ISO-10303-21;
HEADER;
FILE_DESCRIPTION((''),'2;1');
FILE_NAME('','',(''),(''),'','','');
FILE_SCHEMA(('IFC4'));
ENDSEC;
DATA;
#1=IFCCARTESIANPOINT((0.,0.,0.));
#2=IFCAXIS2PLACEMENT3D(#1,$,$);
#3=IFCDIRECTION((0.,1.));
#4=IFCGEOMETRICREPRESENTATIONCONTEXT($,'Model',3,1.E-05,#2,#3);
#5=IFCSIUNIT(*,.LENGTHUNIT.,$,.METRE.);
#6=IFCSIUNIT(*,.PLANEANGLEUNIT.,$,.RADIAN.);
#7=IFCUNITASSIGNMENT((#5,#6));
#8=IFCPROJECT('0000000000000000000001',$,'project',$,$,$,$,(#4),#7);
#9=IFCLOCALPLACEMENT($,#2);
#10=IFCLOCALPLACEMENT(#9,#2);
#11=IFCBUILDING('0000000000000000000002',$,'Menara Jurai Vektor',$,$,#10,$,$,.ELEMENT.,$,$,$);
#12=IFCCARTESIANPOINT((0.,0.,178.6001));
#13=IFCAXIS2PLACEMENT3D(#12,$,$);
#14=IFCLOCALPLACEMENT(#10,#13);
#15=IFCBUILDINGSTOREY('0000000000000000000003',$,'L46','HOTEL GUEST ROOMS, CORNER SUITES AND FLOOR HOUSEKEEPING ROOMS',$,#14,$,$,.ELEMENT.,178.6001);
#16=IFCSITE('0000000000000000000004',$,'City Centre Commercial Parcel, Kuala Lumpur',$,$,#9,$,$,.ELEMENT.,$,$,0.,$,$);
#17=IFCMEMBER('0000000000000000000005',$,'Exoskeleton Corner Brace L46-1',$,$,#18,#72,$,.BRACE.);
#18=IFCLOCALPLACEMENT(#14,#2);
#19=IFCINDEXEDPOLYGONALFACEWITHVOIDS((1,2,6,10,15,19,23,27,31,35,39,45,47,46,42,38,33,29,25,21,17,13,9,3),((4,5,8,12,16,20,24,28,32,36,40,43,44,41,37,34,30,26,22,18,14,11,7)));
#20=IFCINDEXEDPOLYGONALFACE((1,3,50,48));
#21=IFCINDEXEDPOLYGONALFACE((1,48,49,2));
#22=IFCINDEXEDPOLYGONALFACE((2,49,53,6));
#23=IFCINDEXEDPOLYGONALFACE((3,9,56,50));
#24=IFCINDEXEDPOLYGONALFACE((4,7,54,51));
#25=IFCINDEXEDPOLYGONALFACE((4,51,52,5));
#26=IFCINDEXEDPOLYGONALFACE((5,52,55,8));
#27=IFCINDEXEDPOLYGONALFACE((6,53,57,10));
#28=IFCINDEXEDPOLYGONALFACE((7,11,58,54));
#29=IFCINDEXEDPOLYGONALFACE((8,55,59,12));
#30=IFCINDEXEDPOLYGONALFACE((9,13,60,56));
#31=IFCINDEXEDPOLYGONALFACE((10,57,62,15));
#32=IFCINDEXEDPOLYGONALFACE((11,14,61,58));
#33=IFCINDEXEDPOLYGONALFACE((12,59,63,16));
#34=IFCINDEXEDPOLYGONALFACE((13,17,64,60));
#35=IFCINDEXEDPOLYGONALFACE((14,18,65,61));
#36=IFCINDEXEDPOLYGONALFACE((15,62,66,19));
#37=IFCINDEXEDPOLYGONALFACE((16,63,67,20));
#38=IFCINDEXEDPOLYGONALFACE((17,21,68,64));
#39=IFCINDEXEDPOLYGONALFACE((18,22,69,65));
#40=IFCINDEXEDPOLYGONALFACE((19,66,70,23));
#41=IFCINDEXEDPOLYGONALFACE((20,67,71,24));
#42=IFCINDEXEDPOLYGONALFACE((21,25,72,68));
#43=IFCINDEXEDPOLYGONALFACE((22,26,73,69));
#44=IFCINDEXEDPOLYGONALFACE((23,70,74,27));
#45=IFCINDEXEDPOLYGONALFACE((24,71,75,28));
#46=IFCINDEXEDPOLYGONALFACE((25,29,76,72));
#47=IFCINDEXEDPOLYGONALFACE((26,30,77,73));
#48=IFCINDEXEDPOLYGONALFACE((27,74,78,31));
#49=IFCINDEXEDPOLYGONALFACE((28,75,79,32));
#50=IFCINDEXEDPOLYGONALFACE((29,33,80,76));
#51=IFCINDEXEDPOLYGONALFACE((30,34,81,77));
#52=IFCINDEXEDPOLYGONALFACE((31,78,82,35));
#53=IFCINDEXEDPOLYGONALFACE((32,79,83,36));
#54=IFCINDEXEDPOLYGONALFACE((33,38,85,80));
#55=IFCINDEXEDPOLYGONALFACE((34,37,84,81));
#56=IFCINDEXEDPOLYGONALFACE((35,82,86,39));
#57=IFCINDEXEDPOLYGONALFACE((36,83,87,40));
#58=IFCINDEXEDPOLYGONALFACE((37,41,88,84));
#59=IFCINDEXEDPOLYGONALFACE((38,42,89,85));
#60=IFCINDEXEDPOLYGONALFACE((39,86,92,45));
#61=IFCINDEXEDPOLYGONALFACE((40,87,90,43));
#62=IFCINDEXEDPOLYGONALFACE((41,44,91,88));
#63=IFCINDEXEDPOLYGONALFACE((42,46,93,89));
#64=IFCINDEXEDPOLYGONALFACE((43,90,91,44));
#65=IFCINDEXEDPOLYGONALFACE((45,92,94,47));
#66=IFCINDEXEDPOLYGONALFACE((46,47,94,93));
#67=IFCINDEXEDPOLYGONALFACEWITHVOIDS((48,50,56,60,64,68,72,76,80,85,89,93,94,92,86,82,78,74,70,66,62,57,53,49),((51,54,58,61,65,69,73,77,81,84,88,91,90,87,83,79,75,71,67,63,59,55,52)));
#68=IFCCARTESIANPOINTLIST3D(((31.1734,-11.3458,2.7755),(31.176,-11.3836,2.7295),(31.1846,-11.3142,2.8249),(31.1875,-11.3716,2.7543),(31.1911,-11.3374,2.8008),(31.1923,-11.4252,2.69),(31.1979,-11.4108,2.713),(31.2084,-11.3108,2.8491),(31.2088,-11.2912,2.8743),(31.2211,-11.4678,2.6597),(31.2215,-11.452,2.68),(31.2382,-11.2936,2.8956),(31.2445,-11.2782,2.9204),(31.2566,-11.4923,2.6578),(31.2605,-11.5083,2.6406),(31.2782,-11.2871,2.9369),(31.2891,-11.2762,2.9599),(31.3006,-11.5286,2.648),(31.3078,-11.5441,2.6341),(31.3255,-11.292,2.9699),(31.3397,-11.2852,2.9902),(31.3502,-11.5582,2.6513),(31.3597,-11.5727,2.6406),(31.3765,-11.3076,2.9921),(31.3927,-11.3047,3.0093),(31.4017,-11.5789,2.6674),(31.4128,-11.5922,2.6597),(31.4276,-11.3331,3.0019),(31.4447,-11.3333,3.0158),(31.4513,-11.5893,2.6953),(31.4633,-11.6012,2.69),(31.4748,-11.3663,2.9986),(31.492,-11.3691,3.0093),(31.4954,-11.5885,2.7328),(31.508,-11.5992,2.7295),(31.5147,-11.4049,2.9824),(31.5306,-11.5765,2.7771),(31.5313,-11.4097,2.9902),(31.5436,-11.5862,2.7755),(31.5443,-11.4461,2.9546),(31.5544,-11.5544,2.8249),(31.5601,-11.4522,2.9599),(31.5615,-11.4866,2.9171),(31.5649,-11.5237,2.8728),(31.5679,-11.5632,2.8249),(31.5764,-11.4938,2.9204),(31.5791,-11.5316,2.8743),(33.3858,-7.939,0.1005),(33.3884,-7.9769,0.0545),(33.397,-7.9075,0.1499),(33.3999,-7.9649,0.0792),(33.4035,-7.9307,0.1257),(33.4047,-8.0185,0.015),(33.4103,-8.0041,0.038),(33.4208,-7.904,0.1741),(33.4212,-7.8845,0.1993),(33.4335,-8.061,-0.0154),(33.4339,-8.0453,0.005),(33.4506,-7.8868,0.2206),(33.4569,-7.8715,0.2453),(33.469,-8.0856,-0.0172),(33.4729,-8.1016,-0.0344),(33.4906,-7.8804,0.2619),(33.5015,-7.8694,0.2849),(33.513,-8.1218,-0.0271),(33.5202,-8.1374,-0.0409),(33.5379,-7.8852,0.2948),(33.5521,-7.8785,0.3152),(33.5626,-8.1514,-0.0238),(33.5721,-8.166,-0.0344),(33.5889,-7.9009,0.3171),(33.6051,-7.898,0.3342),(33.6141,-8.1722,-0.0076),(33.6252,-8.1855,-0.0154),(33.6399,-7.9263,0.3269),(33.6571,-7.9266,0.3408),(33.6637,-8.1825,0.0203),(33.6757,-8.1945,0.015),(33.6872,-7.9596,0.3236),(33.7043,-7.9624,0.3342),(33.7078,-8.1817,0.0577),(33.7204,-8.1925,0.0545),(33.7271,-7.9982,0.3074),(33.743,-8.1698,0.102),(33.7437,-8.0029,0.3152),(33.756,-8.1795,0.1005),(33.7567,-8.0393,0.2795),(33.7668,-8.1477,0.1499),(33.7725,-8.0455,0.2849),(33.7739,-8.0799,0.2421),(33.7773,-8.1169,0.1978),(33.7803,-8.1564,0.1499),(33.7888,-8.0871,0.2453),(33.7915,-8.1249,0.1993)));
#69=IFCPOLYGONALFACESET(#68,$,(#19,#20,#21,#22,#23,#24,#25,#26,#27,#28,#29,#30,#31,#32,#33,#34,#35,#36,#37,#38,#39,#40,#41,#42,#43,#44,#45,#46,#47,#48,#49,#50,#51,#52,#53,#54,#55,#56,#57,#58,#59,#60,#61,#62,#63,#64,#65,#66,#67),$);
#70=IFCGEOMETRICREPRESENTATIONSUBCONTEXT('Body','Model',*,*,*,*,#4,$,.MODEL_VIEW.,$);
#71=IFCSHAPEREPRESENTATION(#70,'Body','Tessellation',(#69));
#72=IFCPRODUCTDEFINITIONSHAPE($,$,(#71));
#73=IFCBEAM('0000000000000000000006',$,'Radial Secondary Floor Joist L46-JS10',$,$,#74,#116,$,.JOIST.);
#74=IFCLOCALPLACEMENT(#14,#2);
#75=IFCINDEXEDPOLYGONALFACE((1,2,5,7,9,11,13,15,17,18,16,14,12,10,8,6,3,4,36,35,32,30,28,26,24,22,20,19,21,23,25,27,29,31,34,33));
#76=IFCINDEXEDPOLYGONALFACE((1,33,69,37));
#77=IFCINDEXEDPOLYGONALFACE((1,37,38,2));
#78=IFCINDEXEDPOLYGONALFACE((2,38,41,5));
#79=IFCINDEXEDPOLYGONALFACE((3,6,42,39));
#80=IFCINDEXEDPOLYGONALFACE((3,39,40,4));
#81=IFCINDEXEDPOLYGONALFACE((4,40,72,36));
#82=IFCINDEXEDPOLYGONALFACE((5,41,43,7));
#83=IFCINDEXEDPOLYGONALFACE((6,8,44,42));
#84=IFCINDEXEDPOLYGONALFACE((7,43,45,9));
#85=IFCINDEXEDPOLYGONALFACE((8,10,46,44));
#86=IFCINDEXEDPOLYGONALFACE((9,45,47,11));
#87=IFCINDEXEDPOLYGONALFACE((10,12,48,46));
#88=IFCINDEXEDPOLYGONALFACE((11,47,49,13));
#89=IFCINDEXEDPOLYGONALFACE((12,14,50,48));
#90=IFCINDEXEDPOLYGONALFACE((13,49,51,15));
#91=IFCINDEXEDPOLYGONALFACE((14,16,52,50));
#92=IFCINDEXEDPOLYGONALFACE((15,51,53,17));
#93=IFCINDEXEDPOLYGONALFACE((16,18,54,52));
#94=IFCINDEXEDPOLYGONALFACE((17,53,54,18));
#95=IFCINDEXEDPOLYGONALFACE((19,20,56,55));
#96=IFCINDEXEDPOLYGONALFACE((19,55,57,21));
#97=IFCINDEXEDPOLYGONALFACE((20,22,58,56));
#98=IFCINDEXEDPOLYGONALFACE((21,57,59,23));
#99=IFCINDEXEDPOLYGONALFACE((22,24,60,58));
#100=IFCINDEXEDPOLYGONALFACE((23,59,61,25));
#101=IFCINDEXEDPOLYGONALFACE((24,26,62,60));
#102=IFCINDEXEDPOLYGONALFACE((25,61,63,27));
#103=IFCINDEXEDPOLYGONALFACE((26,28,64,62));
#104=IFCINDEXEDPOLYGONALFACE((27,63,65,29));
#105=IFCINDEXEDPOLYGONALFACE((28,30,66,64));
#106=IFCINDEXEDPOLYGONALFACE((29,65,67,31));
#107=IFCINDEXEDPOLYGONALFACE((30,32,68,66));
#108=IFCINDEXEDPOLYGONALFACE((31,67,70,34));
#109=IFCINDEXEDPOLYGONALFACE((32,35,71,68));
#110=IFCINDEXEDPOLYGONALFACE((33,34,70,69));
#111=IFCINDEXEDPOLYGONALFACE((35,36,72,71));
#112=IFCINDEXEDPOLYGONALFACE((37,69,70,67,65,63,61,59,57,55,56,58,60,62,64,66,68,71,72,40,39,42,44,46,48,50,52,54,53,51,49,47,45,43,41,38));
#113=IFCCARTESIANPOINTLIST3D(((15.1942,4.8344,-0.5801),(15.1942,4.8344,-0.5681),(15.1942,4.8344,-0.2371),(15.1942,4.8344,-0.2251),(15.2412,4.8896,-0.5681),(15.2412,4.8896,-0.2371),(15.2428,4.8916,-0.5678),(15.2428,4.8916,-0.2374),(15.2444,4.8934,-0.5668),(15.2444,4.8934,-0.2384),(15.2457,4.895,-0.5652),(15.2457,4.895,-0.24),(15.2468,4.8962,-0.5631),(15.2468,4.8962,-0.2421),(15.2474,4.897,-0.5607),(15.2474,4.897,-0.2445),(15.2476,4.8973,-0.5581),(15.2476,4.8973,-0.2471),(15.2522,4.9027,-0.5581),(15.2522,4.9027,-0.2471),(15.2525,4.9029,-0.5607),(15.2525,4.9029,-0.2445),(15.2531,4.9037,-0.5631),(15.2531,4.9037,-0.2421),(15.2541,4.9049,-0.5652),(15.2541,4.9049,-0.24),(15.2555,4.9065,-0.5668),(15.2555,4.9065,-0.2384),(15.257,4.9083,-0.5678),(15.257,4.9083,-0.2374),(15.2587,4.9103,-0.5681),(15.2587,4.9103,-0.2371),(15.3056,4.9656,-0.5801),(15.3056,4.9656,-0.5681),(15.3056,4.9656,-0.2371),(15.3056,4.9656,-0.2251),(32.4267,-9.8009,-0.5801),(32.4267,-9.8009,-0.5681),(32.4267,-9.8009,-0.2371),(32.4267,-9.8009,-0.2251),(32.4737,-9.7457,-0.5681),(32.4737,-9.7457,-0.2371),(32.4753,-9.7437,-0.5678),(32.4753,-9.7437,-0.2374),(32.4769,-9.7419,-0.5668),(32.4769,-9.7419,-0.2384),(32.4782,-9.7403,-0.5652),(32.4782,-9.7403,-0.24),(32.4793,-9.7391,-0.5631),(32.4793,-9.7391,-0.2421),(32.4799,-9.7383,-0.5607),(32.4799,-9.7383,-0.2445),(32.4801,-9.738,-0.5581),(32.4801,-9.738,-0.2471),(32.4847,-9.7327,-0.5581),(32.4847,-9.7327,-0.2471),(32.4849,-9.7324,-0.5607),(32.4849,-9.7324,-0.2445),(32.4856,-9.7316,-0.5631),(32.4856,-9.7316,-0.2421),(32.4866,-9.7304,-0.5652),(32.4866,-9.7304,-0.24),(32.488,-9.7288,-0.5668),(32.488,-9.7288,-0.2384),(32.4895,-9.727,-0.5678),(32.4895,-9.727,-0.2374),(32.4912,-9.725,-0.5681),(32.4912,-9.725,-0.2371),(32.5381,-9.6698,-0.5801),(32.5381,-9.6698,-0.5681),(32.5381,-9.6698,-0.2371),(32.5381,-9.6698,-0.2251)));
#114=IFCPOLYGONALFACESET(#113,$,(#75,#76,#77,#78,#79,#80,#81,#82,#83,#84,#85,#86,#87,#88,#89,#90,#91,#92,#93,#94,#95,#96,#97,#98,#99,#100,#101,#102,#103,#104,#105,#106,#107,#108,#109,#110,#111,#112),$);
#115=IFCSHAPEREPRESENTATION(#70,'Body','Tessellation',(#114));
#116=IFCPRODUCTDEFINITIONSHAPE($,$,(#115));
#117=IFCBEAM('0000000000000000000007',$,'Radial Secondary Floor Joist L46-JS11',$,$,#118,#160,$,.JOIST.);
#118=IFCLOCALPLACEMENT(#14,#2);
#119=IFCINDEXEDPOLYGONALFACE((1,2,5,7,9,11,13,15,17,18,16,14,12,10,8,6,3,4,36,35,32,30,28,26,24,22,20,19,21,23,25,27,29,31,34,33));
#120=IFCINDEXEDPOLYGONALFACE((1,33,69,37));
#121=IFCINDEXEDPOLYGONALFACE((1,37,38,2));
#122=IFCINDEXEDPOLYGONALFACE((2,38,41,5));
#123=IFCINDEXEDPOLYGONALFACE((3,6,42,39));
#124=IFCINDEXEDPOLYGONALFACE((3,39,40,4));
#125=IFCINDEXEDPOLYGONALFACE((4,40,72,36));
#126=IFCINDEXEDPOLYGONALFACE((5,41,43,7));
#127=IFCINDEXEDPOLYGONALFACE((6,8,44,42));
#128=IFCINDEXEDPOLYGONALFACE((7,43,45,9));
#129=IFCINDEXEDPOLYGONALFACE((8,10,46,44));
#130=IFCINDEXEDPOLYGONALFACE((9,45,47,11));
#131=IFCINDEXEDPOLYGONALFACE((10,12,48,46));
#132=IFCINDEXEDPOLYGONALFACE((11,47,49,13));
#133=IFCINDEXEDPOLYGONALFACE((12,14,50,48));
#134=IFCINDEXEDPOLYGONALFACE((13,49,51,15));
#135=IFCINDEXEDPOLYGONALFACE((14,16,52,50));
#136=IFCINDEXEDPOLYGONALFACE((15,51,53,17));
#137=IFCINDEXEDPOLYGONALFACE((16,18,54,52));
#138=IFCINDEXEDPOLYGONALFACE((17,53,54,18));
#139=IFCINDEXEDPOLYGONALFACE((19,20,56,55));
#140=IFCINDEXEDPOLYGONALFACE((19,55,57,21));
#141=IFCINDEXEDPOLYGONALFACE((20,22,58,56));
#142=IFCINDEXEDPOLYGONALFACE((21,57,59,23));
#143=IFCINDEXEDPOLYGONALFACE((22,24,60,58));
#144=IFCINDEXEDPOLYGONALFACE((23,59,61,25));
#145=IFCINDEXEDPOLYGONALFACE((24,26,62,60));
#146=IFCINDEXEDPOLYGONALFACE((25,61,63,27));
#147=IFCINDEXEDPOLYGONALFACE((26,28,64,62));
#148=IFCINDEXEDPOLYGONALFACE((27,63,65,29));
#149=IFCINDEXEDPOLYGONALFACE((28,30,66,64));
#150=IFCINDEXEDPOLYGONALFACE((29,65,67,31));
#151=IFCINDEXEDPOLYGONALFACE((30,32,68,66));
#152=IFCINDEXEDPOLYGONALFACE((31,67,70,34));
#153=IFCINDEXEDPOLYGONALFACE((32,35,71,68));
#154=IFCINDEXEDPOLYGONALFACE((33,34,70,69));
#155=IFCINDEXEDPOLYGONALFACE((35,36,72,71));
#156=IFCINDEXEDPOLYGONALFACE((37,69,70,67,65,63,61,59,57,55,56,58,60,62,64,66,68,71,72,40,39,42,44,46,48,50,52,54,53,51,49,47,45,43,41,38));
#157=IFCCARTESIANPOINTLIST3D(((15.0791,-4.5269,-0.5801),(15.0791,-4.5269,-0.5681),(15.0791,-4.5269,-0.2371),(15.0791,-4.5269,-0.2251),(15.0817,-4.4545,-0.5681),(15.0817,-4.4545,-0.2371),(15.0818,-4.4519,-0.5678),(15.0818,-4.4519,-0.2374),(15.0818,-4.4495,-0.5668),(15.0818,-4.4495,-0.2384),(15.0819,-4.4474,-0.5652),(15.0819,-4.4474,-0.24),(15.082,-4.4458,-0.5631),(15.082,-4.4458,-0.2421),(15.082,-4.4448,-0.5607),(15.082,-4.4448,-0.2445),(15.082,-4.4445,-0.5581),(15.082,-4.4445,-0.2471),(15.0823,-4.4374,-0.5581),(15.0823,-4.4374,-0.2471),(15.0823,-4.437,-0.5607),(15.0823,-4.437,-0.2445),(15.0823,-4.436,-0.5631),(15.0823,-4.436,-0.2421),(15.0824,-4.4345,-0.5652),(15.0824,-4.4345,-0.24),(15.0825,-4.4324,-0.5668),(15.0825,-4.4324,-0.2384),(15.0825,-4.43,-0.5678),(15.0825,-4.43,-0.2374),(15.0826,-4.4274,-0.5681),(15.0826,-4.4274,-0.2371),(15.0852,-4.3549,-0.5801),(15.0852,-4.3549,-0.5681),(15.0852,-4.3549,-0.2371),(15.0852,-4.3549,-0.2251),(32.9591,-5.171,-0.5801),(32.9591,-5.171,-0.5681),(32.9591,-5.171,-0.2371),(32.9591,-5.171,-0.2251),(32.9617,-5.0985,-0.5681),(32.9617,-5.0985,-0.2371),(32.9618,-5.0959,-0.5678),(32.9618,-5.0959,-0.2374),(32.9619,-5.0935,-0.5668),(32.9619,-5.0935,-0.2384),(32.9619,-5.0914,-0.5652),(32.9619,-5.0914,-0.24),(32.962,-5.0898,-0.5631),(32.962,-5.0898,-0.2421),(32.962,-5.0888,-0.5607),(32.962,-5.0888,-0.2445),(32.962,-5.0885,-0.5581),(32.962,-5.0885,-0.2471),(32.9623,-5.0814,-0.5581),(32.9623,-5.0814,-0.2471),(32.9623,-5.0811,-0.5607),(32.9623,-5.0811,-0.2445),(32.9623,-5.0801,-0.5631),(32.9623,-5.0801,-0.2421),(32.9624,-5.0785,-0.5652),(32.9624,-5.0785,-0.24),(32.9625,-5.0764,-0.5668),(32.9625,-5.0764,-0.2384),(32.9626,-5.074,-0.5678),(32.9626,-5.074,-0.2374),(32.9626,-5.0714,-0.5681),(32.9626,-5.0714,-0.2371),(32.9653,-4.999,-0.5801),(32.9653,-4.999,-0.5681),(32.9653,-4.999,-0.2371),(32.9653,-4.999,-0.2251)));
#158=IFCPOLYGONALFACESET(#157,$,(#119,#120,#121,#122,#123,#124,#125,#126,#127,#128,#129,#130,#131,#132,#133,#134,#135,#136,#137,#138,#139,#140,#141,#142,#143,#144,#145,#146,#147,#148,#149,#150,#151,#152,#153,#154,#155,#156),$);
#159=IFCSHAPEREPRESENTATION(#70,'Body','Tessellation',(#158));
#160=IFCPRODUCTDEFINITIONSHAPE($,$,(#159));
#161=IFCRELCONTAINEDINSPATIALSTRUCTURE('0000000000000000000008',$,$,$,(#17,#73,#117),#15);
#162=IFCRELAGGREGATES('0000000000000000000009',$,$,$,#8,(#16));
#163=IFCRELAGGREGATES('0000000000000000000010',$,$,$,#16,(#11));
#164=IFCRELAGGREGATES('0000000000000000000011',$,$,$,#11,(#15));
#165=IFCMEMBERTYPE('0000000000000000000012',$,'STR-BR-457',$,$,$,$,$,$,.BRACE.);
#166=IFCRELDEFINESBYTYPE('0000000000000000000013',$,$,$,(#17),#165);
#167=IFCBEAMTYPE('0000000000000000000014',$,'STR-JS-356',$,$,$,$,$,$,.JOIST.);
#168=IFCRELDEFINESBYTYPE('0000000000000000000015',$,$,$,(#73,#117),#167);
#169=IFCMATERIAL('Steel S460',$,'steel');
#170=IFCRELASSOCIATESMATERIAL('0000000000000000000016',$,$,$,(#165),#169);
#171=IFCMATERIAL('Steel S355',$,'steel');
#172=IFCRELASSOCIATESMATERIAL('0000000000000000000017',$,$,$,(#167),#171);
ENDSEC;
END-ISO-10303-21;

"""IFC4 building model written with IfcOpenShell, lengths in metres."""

from ifc_helpers import new_model, si_unit, direction, frame, origin, origin_2d, place, context, subcontext, project, spatial, hollow_circle, i_section, extrude, material, material_profile, profile_set, type_object, element, save


model = new_model("IFC4")

# Units and contexts
model_context = context("Model", 3, precision=1e-05, world=origin(), true_north=direction((0.0, 1.0)))
body_context = subcontext(model_context, "Body", "Model", "MODEL_VIEW")
ifc_project = project(units=[si_unit("LENGTHUNIT", "METRE"), si_unit("PLANEANGLEUNIT", "RADIAN")], contexts=[model_context])

# Site, building, storey
site_placement = place(None, origin())
site = spatial("IfcSite", under=ifc_project, at=site_placement, Name="City Centre Commercial Parcel, Kuala Lumpur", CompositionType="ELEMENT", RefElevation=0.0)
building_placement = place(site_placement, origin())
building = spatial("IfcBuilding", under=site, at=building_placement, Name="Menara Jurai Vektor", CompositionType="ELEMENT")
storey_placement = place(building_placement, frame((0.0, 0.0, 178.6001)))
storey = spatial("IfcBuildingStorey", under=building, at=storey_placement, Name="L46", Description="HOTEL GUEST ROOMS, CORNER SUITES AND FLOOR HOUSEKEEPING ROOMS", CompositionType="ELEMENT", Elevation=178.6001)

# Shared definitions
ifc_material_1 = material(Name="Steel S460", Category="steel")

# Shared definitions
ifc_material_2 = material(Name="Steel S355", Category="steel")

# Member
ifc_material_profile_1 = material_profile(ifc_material_1, hollow_circle(Radius=0.2285, WallThickness=0.0161, at=origin_2d()), Name="CHS 457x16")
ifc_profile_set_1 = profile_set([ifc_material_profile_1], Name="Steel S460")
member_type_1 = type_object("IfcMemberType", Name="STR-BR-457", PredefinedType="BRACE", material=ifc_profile_set_1)
member_1_placement = place(storey_placement, frame((33.5886, -8.032, 0.1499), z_axis=(-0.454872, -0.700428, 0.549992), x_axis=(0.838666, -0.544646, 0.0)))
element("IfcMember", 1, at=member_1_placement, inside=storey, type_object=member_type_1, Name="Exoskeleton Corner Brace L46-1", PredefinedType="BRACE", context=body_context, shape_type="SweptSolid", body=[
    extrude(hollow_circle(Radius=0.2285, WallThickness=0.0161, at=origin_2d()), origin(), (0.0, 0.0, 1.0), 4.8638),
])

# Beams
ifc_material_profile_2 = material_profile(ifc_material_2, i_section(OverallWidth=0.1721, OverallDepth=0.355, WebThickness=0.0071, FlangeThickness=0.012, FilletRadius=0.01, at=origin_2d()), Name="UKB 356x171x51")
ifc_profile_set_2 = profile_set([ifc_material_profile_2], Name="Steel S355")
beam_type_1 = type_object("IfcBeamType", Name="STR-JS-356", PredefinedType="JOIST", material=ifc_profile_set_2)
beam_1_placement = place(storey_placement, frame((32.4824, -9.7354, -0.4026), z_axis=(-0.762208, 0.647332, 0.0), x_axis=(-0.647332, -0.762208, 0.0)))
element("IfcBeam", 2, at=beam_1_placement, inside=storey, type_object=beam_type_1, Name="Radial Secondary Floor Joist L46-JS10", PredefinedType="JOIST", context=body_context, shape_type="SweptSolid", body=[
    extrude(i_section(OverallWidth=0.1721, OverallDepth=0.355, WebThickness=0.0071, FlangeThickness=0.012, FilletRadius=0.01, at=origin_2d()), origin(), (0.0, 0.0, 1.0), 22.6086),
])
beam_2_placement = place(storey_placement, frame((32.9622, -5.085, -0.4026), z_axis=(-0.999352, 0.035997, 0.0), x_axis=(-0.035997, -0.999352, 0.0)))
element("IfcBeam", 3, at=beam_2_placement, inside=storey, type_object=beam_type_1, Name="Radial Secondary Floor Joist L46-JS11", PredefinedType="JOIST", context=body_context, shape_type="SweptSolid", body=[
    extrude(i_section(OverallWidth=0.1721, OverallDepth=0.355, WebThickness=0.0071, FlangeThickness=0.012, FilletRadius=0.01, at=origin_2d()), origin(), (0.0, 0.0, 1.0), 17.8916),
])

save(model, "model.ifc")
